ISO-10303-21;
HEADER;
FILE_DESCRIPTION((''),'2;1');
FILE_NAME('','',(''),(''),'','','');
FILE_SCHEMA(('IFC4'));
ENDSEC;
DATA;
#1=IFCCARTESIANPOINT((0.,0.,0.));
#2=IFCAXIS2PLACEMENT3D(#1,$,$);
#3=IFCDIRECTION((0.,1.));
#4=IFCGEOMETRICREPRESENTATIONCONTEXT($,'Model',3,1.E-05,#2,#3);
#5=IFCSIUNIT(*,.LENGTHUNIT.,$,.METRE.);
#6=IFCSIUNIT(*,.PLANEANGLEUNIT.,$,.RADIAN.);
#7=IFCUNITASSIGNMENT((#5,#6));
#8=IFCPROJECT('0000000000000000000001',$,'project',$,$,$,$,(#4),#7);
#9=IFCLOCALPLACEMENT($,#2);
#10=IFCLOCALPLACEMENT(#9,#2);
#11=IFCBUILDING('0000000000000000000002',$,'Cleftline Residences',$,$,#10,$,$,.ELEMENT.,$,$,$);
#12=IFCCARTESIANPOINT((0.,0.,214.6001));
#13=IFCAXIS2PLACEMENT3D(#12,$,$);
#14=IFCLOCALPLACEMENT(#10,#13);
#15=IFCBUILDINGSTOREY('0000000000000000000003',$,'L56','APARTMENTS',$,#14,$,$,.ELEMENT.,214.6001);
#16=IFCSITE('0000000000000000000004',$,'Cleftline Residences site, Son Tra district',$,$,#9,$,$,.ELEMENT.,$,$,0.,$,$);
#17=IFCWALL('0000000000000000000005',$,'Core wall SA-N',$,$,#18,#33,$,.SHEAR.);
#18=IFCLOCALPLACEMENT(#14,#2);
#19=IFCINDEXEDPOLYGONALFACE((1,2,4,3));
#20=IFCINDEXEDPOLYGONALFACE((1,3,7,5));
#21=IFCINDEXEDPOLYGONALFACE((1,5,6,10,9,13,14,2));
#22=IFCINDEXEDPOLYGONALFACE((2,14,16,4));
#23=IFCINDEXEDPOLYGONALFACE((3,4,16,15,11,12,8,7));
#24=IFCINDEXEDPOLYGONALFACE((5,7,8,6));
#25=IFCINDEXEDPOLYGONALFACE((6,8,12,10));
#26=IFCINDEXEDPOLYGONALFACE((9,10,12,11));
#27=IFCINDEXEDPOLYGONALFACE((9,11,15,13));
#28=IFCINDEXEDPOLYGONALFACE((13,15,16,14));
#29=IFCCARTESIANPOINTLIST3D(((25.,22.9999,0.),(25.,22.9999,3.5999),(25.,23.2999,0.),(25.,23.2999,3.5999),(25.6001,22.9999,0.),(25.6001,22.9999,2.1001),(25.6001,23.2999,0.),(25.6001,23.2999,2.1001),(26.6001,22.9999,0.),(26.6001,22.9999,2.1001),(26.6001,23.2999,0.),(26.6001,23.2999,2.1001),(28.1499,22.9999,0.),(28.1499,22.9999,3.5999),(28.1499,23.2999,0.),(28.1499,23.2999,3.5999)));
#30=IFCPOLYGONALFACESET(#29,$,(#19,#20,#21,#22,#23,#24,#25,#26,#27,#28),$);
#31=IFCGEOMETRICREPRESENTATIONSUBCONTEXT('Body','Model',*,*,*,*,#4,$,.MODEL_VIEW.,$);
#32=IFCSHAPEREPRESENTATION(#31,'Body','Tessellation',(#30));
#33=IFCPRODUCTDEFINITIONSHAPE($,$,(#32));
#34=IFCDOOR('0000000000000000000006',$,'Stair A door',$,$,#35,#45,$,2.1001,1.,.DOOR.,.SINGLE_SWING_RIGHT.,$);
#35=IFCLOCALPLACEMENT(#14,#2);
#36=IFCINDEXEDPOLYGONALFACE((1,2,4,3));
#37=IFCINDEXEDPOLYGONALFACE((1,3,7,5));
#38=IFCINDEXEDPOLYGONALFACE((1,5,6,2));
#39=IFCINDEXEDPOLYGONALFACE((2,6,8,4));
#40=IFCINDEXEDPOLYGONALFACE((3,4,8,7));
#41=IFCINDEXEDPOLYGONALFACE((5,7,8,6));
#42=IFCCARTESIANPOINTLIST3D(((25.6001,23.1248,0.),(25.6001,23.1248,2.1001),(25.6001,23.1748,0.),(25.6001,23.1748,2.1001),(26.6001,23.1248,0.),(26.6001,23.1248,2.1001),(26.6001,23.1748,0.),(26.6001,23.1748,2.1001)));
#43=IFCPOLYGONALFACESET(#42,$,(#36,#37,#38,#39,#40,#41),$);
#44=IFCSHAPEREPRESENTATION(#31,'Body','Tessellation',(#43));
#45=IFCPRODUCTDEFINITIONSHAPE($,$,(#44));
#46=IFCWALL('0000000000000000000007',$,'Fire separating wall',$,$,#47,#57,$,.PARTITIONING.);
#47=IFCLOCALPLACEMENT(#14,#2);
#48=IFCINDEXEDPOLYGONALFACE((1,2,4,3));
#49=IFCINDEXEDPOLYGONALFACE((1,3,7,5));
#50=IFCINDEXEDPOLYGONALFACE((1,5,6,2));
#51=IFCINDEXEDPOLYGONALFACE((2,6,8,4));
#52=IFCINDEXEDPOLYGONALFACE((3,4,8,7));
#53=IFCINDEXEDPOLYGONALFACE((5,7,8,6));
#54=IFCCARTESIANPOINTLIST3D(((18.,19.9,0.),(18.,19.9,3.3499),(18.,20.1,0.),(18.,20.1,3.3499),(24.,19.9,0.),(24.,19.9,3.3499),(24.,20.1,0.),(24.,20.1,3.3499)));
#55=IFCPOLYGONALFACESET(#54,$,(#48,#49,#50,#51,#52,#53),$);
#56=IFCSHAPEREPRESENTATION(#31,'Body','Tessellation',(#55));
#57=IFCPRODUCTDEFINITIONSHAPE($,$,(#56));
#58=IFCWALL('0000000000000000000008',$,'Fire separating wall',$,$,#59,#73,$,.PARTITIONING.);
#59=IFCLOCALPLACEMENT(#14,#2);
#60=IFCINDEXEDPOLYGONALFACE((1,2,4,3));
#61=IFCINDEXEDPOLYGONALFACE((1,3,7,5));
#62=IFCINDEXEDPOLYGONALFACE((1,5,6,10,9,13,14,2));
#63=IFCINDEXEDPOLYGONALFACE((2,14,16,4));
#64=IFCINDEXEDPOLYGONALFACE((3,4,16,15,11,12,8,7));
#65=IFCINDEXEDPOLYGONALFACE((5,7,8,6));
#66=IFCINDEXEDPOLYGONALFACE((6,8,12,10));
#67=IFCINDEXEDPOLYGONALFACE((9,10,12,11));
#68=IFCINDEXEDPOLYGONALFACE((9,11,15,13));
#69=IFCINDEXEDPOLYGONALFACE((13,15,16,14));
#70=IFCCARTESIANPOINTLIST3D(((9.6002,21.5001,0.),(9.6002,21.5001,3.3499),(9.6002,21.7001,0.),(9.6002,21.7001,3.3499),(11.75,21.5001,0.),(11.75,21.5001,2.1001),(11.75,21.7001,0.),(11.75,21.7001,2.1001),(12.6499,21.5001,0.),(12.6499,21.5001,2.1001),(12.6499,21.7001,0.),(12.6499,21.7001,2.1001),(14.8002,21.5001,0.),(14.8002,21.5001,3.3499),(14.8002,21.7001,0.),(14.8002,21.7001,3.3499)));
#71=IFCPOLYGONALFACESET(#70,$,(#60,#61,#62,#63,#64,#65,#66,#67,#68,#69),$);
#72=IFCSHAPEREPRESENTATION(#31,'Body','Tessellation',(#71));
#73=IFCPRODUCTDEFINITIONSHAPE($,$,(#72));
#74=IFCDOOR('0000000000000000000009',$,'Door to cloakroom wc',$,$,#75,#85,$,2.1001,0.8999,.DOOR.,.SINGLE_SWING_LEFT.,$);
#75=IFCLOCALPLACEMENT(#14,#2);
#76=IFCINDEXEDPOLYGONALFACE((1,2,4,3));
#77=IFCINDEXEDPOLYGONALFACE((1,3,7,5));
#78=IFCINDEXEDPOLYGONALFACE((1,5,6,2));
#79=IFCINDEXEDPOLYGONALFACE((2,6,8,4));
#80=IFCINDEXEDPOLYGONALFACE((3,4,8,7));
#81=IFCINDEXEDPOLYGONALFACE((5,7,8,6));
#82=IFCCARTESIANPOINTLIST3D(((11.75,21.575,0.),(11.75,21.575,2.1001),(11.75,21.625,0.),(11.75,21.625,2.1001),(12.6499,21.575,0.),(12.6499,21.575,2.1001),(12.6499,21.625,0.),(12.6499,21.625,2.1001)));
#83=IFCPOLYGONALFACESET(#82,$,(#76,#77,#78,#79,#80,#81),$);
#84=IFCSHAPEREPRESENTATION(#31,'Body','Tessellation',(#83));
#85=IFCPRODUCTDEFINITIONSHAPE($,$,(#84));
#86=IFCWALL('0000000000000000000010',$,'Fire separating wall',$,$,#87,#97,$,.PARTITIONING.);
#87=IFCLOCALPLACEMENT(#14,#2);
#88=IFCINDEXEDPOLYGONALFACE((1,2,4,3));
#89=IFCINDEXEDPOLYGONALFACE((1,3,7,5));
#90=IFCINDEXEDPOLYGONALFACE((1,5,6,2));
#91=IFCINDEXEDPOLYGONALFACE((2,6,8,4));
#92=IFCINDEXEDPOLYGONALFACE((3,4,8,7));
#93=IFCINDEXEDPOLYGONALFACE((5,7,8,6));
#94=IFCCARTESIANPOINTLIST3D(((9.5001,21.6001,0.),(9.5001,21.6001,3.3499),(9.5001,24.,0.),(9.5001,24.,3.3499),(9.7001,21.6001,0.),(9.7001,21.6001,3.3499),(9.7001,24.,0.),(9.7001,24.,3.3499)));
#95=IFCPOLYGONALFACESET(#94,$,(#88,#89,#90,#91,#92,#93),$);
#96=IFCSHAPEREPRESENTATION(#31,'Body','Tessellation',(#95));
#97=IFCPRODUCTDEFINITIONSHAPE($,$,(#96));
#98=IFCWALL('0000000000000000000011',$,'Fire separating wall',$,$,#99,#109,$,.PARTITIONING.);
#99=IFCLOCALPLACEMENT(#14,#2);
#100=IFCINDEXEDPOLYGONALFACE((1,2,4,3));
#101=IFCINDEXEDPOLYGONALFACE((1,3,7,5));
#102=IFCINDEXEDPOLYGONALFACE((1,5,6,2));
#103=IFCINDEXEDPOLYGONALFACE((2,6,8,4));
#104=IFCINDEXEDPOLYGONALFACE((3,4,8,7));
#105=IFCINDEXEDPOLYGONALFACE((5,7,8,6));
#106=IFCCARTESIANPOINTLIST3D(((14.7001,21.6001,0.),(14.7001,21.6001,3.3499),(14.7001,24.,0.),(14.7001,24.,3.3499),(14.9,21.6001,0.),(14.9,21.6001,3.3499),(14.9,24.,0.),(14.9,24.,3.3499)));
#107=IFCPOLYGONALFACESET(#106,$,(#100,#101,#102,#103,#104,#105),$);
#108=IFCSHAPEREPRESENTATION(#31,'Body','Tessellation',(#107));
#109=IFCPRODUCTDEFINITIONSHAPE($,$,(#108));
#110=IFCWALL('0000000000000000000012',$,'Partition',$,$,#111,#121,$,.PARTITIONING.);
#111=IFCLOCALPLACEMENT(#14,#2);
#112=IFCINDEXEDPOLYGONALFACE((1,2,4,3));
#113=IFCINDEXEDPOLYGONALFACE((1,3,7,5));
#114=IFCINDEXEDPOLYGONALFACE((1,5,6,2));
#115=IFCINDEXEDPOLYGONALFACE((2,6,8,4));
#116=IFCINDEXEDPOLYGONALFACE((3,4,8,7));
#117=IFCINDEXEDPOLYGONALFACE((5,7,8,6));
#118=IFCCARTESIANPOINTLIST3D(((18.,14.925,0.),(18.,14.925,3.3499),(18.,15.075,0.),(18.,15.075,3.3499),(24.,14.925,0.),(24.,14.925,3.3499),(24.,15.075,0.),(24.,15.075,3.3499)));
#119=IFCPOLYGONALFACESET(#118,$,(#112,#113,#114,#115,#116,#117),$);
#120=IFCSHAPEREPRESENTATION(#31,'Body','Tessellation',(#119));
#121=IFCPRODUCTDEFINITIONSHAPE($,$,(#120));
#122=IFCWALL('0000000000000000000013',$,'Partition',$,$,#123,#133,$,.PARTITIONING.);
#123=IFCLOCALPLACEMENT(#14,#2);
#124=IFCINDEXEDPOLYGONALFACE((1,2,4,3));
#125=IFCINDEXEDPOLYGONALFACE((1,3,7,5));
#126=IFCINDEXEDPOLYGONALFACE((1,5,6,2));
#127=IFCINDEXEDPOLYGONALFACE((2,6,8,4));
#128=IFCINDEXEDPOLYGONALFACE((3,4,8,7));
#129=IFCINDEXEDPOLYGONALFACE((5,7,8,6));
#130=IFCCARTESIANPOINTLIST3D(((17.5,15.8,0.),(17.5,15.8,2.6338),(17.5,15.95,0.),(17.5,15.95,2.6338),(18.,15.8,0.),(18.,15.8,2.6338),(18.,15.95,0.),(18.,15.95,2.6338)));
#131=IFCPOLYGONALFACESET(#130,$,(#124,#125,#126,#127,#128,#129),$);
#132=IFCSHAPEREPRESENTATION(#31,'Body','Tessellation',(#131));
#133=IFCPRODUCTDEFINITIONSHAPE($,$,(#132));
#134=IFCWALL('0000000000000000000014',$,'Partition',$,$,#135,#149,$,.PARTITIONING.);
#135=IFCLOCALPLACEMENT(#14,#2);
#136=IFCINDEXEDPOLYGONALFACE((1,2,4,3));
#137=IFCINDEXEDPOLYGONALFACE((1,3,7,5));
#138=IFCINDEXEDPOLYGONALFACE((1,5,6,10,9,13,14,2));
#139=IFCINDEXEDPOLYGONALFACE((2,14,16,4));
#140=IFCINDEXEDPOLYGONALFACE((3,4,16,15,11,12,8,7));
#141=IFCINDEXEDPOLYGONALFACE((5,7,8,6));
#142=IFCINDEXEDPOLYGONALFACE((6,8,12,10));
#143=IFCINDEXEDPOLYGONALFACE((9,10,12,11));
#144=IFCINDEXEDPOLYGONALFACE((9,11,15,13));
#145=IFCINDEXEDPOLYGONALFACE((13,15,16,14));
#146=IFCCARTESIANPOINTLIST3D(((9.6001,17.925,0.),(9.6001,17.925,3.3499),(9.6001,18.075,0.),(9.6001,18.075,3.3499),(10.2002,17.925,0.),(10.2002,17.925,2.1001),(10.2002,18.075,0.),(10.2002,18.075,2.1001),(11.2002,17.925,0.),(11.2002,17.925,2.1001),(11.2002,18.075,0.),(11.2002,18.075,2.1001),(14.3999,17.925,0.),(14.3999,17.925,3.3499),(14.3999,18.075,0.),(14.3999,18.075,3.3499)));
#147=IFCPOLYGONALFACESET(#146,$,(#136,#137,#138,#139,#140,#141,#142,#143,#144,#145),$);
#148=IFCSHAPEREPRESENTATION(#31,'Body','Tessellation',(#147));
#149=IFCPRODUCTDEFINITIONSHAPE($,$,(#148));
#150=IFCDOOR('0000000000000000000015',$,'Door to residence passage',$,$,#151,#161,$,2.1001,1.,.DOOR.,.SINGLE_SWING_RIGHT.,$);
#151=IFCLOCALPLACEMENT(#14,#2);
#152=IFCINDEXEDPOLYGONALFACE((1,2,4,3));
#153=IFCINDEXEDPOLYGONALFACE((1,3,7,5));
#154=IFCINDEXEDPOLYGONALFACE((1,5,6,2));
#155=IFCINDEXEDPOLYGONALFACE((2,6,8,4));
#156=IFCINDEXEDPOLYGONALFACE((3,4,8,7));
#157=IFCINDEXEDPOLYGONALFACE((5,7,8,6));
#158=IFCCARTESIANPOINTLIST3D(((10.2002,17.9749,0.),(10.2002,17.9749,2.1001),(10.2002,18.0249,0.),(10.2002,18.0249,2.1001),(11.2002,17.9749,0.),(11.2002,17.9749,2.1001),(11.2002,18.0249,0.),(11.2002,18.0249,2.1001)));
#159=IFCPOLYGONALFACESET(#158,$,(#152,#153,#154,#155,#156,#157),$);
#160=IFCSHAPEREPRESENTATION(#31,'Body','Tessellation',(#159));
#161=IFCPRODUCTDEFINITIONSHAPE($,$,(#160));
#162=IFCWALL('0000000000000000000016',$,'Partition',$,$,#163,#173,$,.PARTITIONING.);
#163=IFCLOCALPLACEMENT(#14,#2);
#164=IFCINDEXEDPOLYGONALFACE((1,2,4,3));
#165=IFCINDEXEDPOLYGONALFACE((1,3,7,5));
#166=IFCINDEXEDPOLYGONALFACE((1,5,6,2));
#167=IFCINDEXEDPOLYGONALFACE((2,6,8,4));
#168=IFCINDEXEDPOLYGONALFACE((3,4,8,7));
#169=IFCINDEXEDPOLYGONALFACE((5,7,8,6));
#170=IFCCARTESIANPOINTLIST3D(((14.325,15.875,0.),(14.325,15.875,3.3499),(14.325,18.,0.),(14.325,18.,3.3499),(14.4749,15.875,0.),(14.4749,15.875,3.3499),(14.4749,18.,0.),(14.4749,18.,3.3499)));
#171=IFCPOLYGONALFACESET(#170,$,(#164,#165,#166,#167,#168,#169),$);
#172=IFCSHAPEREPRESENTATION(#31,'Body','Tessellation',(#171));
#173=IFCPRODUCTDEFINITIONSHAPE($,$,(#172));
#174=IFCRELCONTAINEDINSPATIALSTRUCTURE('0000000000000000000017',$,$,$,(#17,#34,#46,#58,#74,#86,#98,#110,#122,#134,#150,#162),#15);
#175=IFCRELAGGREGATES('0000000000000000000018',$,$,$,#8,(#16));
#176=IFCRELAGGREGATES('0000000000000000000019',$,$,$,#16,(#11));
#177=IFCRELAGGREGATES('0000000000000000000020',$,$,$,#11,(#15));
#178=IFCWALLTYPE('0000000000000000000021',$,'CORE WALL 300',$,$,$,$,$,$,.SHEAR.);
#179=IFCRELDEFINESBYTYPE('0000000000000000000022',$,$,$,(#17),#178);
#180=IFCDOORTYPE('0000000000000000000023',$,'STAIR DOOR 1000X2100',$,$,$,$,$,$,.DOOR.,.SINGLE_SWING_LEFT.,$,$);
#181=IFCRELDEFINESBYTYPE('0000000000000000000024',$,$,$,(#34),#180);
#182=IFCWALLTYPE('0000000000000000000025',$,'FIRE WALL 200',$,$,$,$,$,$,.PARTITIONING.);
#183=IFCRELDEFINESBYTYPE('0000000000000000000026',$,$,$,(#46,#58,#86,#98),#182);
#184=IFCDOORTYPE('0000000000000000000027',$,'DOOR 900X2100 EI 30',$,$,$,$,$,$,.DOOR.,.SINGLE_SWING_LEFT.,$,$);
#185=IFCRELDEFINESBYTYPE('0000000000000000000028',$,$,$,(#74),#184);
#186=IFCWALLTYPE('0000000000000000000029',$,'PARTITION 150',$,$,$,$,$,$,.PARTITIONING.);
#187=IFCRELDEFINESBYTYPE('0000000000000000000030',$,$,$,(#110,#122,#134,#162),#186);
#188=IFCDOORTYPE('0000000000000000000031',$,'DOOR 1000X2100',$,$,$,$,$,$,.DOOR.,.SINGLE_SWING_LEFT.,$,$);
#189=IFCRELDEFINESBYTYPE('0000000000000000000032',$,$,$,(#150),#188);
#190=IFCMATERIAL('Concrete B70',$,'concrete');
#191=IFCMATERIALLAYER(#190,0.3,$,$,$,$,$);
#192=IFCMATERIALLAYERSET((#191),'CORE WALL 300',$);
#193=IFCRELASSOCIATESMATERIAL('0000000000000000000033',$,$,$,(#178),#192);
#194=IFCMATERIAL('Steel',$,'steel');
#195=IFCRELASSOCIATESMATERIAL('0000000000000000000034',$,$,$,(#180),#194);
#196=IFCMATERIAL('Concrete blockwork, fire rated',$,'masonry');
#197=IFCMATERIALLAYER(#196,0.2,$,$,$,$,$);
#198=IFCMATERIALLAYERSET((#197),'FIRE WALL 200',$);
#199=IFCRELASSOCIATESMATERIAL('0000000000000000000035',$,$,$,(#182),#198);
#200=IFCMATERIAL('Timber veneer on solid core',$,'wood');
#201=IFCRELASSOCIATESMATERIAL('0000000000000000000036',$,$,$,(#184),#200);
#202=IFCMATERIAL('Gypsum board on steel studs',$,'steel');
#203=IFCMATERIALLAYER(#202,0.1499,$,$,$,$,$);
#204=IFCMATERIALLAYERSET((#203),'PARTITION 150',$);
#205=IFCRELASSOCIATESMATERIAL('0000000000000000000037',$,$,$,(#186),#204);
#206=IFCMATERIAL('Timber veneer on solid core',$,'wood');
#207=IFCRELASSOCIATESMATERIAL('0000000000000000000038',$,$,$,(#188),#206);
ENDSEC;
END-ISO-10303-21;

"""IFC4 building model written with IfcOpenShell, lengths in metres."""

from ifc_helpers import new_model, si_unit, direction, frame, frame_2d, origin, place, context, subcontext, project, spatial, rectangle, extrude, material, layer, layer_set, type_object, element, fill, save


model = new_model("IFC4")

# Units and contexts
model_context = context("Model", 3, precision=1e-05, world=origin(), true_north=direction((0.0, 1.0)))
body_context = subcontext(model_context, "Body", "Model", "MODEL_VIEW")
ifc_project = project(units=[si_unit("LENGTHUNIT", "METRE"), si_unit("PLANEANGLEUNIT", "RADIAN")], contexts=[model_context])

# Site, building, storey
site_placement = place(None, origin())
site = spatial("IfcSite", under=ifc_project, at=site_placement, Name="Cleftline Residences site, Son Tra district", CompositionType="ELEMENT", RefElevation=0.0)
building_placement = place(site_placement, origin())
building = spatial("IfcBuilding", under=site, at=building_placement, Name="Cleftline Residences", CompositionType="ELEMENT")
storey_placement = place(building_placement, frame((0.0, 0.0, 214.6001)))
storey = spatial("IfcBuildingStorey", under=building, at=storey_placement, Name="L56", Description="APARTMENTS", CompositionType="ELEMENT", Elevation=214.6001)

# Wall, opening, door
ifc_material_1 = material(Name="Concrete B70", Category="concrete")
ifc_layer_1 = layer(ifc_material_1, 0.3)
ifc_layer_set_1 = layer_set([ifc_layer_1], Name="CORE WALL 300")
wall_type_1 = type_object("IfcWallType", Name="CORE WALL 300", PredefinedType="SHEAR", material=ifc_layer_set_1)
wall_1_placement = place(storey_placement, frame((25.0, 23.1499, 0.0), z_axis=(0.0, 0.0, 1.0), x_axis=(1.0, 0.0, 0.0)))
wall_1 = element("IfcWall", 1, at=wall_1_placement, inside=storey, type_object=wall_type_1, Name="Core wall SA-N", PredefinedType="SHEAR", context=body_context, shape_type="SweptSolid", body=[
    extrude(rectangle(XDim=3.1499, YDim=0.3, at=frame_2d((1.575, 0.0))), origin(), (0.0, 0.0, 1.0), 3.5999),
])
opening_1_placement = place(wall_1_placement, frame((0.6001, 0.0, 0.0)))
opening_1 = element("IfcOpeningElement", 2, at=opening_1_placement, cuts=wall_1, PredefinedType="OPENING", context=body_context, shape_type="SweptSolid", body=[
    extrude(rectangle(XDim=1.0, YDim=2.1001, at=frame_2d((0.5, 1.05))), frame((0.0, 0.1599, 0.0), z_axis=(0.0, -1.0, 0.0), x_axis=(1.0, 0.0, 0.0)), (0.0, 0.0, 1.0), 0.3201),
])
ifc_material_2 = material(Name="Steel", Category="steel")
door_type_1 = type_object("IfcDoorType", Name="STAIR DOOR 1000X2100", OperationType="SINGLE_SWING_LEFT", PredefinedType="DOOR", material=ifc_material_2)
door_1_placement = place(opening_1_placement, origin())
door_1 = element("IfcDoor", 3, at=door_1_placement, inside=storey, type_object=door_type_1, Name="Stair A door", OperationType="SINGLE_SWING_RIGHT", OverallHeight=2.1001, OverallWidth=1.0, PredefinedType="DOOR", context=body_context, shape_type="SweptSolid", body=[
    extrude(rectangle(XDim=1.0, YDim=2.1001, at=frame_2d((0.5, 1.05))), frame((0.0, 0.0249, 0.0), z_axis=(0.0, -1.0, 0.0), x_axis=(1.0, 0.0, 0.0)), (0.0, 0.0, 1.0), 0.05),
])
fill(opening_1, door_1)

# Wall
ifc_material_3 = material(Name="Concrete blockwork, fire rated", Category="masonry")
ifc_layer_2 = layer(ifc_material_3, 0.2)
ifc_layer_set_2 = layer_set([ifc_layer_2], Name="FIRE WALL 200")
wall_type_2 = type_object("IfcWallType", Name="FIRE WALL 200", PredefinedType="PARTITIONING", material=ifc_layer_set_2)
wall_2_placement = place(storey_placement, frame((18.0, 20.0, 0.0), z_axis=(0.0, 0.0, 1.0), x_axis=(1.0, 0.0, 0.0)))
element("IfcWall", 4, at=wall_2_placement, inside=storey, type_object=wall_type_2, Name="Fire separating wall", PredefinedType="PARTITIONING", context=body_context, shape_type="SweptSolid", body=[
    extrude(rectangle(XDim=6.0, YDim=0.2, at=frame_2d((3.0, 0.0))), origin(), (0.0, 0.0, 1.0), 3.3499),
])

# Wall, opening, door
wall_3_placement = place(storey_placement, frame((9.6001, 21.6001, 0.0), z_axis=(0.0, 0.0, 1.0), x_axis=(1.0, 0.0, 0.0)))
wall_3 = element("IfcWall", 5, at=wall_3_placement, inside=storey, type_object=wall_type_2, Name="Fire separating wall", PredefinedType="PARTITIONING", context=body_context, shape_type="SweptSolid", body=[
    extrude(rectangle(XDim=5.2, YDim=0.2, at=frame_2d((2.6001, 0.0))), origin(), (0.0, 0.0, 1.0), 3.3499),
])
opening_2_placement = place(wall_3_placement, frame((2.1499, 0.0, 0.0)))
opening_2 = element("IfcOpeningElement", 6, at=opening_2_placement, cuts=wall_3, PredefinedType="OPENING", context=body_context, shape_type="SweptSolid", body=[
    extrude(rectangle(XDim=0.8999, YDim=2.1001, at=frame_2d((0.45, 1.05))), frame((0.0, 0.1099, 0.0), z_axis=(0.0, -1.0, 0.0), x_axis=(1.0, 0.0, 0.0)), (0.0, 0.0, 1.0), 0.22),
])
ifc_material_4 = material(Name="Timber veneer on solid core", Category="wood")
door_type_2 = type_object("IfcDoorType", Name="DOOR 900X2100 EI 30", OperationType="SINGLE_SWING_LEFT", PredefinedType="DOOR", material=ifc_material_4)
door_2_placement = place(opening_2_placement, origin())
door_2 = element("IfcDoor", 7, at=door_2_placement, inside=storey, type_object=door_type_2, Name="Door to cloakroom wc", OperationType="SINGLE_SWING_LEFT", OverallHeight=2.1001, OverallWidth=0.8999, PredefinedType="DOOR", context=body_context, shape_type="SweptSolid", body=[
    extrude(rectangle(XDim=0.8999, YDim=2.1001, at=frame_2d((0.45, 1.05))), frame((0.0, 0.0249, 0.0), z_axis=(0.0, -1.0, 0.0), x_axis=(1.0, 0.0, 0.0)), (0.0, 0.0, 1.0), 0.05),
])
fill(opening_2, door_2)

# Walls
for number, where, z_axis, x_axis, name in (
    (8, (9.6001, 21.6001, 0.0), (0.0, 0.0, 1.0), (0.0, 1.0, 0.0), "Fire separating wall"),
    (9, (14.8, 21.6001, 0.0), (0.0, 0.0, 1.0), (0.0, 1.0, 0.0), "Fire separating wall"),
):
    element("IfcWall", number, at=place(storey_placement, frame(where, z_axis=z_axis, x_axis=x_axis)), inside=storey, type_object=wall_type_2, Name=name, PredefinedType="PARTITIONING", context=body_context, shape_type="SweptSolid", body=[
        extrude(rectangle(XDim=2.3999, YDim=0.2, at=frame_2d((1.2, 0.0))), origin(), (0.0, 0.0, 1.0), 3.3499),
    ])

# Walls
ifc_material_5 = material(Name="Gypsum board on steel studs", Category="steel")
ifc_layer_3 = layer(ifc_material_5, 0.1499)
ifc_layer_set_3 = layer_set([ifc_layer_3], Name="PARTITION 150")
wall_type_3 = type_object("IfcWallType", Name="PARTITION 150", PredefinedType="PARTITIONING", material=ifc_layer_set_3)
wall_4_placement = place(storey_placement, frame((18.0, 15.0, 0.0), z_axis=(0.0, 0.0, 1.0), x_axis=(1.0, 0.0, 0.0)))
element("IfcWall", 10, at=wall_4_placement, inside=storey, type_object=wall_type_3, Name="Partition", PredefinedType="PARTITIONING", context=body_context, shape_type="SweptSolid", body=[
    extrude(rectangle(XDim=6.0, YDim=0.1499, at=frame_2d((3.0, 0.0))), origin(), (0.0, 0.0, 1.0), 3.3499),
])
wall_5_placement = place(storey_placement, frame((17.5, 15.875, 0.0), z_axis=(0.0, 0.0, 1.0), x_axis=(1.0, 0.0, 0.0)))
element("IfcWall", 11, at=wall_5_placement, inside=storey, type_object=wall_type_3, Name="Partition", PredefinedType="PARTITIONING", context=body_context, shape_type="SweptSolid", body=[
    extrude(rectangle(XDim=0.5, YDim=0.1499, at=frame_2d((0.25, 0.0))), origin(), (0.0, 0.0, 1.0), 2.6338),
])

# Wall, opening, door
wall_6_placement = place(storey_placement, frame((9.6001, 18.0, 0.0), z_axis=(0.0, 0.0, 1.0), x_axis=(1.0, 0.0, 0.0)))
wall_6 = element("IfcWall", 12, at=wall_6_placement, inside=storey, type_object=wall_type_3, Name="Partition", PredefinedType="PARTITIONING", context=body_context, shape_type="SweptSolid", body=[
    extrude(rectangle(XDim=4.7998, YDim=0.1499, at=frame_2d((2.3999, 0.0))), origin(), (0.0, 0.0, 1.0), 3.3499),
])
opening_3_placement = place(wall_6_placement, frame((0.6001, 0.0, 0.0)))
opening_3 = element("IfcOpeningElement", 13, at=opening_3_placement, cuts=wall_6, PredefinedType="OPENING", context=body_context, shape_type="SweptSolid", body=[
    extrude(rectangle(XDim=1.0, YDim=2.1001, at=frame_2d((0.5, 1.05))), frame((0.0, 0.085, 0.0), z_axis=(0.0, -1.0, 0.0), x_axis=(1.0, 0.0, 0.0)), (0.0, 0.0, 1.0), 0.1699),
])
ifc_material_6 = material(Name="Timber veneer on solid core", Category="wood")
door_type_3 = type_object("IfcDoorType", Name="DOOR 1000X2100", OperationType="SINGLE_SWING_LEFT", PredefinedType="DOOR", material=ifc_material_6)
door_3_placement = place(opening_3_placement, origin())
door_3 = element("IfcDoor", 14, at=door_3_placement, inside=storey, type_object=door_type_3, Name="Door to residence passage", OperationType="SINGLE_SWING_RIGHT", OverallHeight=2.1001, OverallWidth=1.0, PredefinedType="DOOR", context=body_context, shape_type="SweptSolid", body=[
    extrude(rectangle(XDim=1.0, YDim=2.1001, at=frame_2d((0.5, 1.05))), frame((0.0, 0.0249, 0.0), z_axis=(0.0, -1.0, 0.0), x_axis=(1.0, 0.0, 0.0)), (0.0, 0.0, 1.0), 0.05),
])
fill(opening_3, door_3)

# Wall
wall_7_placement = place(storey_placement, frame((14.3999, 15.875, 0.0), z_axis=(0.0, 0.0, 1.0), x_axis=(0.0, 1.0, 0.0)))
element("IfcWall", 15, at=wall_7_placement, inside=storey, type_object=wall_type_3, Name="Partition", PredefinedType="PARTITIONING", context=body_context, shape_type="SweptSolid", body=[
    extrude(rectangle(XDim=2.125, YDim=0.1499, at=frame_2d((1.0625, 0.0))), origin(), (0.0, 0.0, 1.0), 3.3499),
])

save(model, "model.ifc")
